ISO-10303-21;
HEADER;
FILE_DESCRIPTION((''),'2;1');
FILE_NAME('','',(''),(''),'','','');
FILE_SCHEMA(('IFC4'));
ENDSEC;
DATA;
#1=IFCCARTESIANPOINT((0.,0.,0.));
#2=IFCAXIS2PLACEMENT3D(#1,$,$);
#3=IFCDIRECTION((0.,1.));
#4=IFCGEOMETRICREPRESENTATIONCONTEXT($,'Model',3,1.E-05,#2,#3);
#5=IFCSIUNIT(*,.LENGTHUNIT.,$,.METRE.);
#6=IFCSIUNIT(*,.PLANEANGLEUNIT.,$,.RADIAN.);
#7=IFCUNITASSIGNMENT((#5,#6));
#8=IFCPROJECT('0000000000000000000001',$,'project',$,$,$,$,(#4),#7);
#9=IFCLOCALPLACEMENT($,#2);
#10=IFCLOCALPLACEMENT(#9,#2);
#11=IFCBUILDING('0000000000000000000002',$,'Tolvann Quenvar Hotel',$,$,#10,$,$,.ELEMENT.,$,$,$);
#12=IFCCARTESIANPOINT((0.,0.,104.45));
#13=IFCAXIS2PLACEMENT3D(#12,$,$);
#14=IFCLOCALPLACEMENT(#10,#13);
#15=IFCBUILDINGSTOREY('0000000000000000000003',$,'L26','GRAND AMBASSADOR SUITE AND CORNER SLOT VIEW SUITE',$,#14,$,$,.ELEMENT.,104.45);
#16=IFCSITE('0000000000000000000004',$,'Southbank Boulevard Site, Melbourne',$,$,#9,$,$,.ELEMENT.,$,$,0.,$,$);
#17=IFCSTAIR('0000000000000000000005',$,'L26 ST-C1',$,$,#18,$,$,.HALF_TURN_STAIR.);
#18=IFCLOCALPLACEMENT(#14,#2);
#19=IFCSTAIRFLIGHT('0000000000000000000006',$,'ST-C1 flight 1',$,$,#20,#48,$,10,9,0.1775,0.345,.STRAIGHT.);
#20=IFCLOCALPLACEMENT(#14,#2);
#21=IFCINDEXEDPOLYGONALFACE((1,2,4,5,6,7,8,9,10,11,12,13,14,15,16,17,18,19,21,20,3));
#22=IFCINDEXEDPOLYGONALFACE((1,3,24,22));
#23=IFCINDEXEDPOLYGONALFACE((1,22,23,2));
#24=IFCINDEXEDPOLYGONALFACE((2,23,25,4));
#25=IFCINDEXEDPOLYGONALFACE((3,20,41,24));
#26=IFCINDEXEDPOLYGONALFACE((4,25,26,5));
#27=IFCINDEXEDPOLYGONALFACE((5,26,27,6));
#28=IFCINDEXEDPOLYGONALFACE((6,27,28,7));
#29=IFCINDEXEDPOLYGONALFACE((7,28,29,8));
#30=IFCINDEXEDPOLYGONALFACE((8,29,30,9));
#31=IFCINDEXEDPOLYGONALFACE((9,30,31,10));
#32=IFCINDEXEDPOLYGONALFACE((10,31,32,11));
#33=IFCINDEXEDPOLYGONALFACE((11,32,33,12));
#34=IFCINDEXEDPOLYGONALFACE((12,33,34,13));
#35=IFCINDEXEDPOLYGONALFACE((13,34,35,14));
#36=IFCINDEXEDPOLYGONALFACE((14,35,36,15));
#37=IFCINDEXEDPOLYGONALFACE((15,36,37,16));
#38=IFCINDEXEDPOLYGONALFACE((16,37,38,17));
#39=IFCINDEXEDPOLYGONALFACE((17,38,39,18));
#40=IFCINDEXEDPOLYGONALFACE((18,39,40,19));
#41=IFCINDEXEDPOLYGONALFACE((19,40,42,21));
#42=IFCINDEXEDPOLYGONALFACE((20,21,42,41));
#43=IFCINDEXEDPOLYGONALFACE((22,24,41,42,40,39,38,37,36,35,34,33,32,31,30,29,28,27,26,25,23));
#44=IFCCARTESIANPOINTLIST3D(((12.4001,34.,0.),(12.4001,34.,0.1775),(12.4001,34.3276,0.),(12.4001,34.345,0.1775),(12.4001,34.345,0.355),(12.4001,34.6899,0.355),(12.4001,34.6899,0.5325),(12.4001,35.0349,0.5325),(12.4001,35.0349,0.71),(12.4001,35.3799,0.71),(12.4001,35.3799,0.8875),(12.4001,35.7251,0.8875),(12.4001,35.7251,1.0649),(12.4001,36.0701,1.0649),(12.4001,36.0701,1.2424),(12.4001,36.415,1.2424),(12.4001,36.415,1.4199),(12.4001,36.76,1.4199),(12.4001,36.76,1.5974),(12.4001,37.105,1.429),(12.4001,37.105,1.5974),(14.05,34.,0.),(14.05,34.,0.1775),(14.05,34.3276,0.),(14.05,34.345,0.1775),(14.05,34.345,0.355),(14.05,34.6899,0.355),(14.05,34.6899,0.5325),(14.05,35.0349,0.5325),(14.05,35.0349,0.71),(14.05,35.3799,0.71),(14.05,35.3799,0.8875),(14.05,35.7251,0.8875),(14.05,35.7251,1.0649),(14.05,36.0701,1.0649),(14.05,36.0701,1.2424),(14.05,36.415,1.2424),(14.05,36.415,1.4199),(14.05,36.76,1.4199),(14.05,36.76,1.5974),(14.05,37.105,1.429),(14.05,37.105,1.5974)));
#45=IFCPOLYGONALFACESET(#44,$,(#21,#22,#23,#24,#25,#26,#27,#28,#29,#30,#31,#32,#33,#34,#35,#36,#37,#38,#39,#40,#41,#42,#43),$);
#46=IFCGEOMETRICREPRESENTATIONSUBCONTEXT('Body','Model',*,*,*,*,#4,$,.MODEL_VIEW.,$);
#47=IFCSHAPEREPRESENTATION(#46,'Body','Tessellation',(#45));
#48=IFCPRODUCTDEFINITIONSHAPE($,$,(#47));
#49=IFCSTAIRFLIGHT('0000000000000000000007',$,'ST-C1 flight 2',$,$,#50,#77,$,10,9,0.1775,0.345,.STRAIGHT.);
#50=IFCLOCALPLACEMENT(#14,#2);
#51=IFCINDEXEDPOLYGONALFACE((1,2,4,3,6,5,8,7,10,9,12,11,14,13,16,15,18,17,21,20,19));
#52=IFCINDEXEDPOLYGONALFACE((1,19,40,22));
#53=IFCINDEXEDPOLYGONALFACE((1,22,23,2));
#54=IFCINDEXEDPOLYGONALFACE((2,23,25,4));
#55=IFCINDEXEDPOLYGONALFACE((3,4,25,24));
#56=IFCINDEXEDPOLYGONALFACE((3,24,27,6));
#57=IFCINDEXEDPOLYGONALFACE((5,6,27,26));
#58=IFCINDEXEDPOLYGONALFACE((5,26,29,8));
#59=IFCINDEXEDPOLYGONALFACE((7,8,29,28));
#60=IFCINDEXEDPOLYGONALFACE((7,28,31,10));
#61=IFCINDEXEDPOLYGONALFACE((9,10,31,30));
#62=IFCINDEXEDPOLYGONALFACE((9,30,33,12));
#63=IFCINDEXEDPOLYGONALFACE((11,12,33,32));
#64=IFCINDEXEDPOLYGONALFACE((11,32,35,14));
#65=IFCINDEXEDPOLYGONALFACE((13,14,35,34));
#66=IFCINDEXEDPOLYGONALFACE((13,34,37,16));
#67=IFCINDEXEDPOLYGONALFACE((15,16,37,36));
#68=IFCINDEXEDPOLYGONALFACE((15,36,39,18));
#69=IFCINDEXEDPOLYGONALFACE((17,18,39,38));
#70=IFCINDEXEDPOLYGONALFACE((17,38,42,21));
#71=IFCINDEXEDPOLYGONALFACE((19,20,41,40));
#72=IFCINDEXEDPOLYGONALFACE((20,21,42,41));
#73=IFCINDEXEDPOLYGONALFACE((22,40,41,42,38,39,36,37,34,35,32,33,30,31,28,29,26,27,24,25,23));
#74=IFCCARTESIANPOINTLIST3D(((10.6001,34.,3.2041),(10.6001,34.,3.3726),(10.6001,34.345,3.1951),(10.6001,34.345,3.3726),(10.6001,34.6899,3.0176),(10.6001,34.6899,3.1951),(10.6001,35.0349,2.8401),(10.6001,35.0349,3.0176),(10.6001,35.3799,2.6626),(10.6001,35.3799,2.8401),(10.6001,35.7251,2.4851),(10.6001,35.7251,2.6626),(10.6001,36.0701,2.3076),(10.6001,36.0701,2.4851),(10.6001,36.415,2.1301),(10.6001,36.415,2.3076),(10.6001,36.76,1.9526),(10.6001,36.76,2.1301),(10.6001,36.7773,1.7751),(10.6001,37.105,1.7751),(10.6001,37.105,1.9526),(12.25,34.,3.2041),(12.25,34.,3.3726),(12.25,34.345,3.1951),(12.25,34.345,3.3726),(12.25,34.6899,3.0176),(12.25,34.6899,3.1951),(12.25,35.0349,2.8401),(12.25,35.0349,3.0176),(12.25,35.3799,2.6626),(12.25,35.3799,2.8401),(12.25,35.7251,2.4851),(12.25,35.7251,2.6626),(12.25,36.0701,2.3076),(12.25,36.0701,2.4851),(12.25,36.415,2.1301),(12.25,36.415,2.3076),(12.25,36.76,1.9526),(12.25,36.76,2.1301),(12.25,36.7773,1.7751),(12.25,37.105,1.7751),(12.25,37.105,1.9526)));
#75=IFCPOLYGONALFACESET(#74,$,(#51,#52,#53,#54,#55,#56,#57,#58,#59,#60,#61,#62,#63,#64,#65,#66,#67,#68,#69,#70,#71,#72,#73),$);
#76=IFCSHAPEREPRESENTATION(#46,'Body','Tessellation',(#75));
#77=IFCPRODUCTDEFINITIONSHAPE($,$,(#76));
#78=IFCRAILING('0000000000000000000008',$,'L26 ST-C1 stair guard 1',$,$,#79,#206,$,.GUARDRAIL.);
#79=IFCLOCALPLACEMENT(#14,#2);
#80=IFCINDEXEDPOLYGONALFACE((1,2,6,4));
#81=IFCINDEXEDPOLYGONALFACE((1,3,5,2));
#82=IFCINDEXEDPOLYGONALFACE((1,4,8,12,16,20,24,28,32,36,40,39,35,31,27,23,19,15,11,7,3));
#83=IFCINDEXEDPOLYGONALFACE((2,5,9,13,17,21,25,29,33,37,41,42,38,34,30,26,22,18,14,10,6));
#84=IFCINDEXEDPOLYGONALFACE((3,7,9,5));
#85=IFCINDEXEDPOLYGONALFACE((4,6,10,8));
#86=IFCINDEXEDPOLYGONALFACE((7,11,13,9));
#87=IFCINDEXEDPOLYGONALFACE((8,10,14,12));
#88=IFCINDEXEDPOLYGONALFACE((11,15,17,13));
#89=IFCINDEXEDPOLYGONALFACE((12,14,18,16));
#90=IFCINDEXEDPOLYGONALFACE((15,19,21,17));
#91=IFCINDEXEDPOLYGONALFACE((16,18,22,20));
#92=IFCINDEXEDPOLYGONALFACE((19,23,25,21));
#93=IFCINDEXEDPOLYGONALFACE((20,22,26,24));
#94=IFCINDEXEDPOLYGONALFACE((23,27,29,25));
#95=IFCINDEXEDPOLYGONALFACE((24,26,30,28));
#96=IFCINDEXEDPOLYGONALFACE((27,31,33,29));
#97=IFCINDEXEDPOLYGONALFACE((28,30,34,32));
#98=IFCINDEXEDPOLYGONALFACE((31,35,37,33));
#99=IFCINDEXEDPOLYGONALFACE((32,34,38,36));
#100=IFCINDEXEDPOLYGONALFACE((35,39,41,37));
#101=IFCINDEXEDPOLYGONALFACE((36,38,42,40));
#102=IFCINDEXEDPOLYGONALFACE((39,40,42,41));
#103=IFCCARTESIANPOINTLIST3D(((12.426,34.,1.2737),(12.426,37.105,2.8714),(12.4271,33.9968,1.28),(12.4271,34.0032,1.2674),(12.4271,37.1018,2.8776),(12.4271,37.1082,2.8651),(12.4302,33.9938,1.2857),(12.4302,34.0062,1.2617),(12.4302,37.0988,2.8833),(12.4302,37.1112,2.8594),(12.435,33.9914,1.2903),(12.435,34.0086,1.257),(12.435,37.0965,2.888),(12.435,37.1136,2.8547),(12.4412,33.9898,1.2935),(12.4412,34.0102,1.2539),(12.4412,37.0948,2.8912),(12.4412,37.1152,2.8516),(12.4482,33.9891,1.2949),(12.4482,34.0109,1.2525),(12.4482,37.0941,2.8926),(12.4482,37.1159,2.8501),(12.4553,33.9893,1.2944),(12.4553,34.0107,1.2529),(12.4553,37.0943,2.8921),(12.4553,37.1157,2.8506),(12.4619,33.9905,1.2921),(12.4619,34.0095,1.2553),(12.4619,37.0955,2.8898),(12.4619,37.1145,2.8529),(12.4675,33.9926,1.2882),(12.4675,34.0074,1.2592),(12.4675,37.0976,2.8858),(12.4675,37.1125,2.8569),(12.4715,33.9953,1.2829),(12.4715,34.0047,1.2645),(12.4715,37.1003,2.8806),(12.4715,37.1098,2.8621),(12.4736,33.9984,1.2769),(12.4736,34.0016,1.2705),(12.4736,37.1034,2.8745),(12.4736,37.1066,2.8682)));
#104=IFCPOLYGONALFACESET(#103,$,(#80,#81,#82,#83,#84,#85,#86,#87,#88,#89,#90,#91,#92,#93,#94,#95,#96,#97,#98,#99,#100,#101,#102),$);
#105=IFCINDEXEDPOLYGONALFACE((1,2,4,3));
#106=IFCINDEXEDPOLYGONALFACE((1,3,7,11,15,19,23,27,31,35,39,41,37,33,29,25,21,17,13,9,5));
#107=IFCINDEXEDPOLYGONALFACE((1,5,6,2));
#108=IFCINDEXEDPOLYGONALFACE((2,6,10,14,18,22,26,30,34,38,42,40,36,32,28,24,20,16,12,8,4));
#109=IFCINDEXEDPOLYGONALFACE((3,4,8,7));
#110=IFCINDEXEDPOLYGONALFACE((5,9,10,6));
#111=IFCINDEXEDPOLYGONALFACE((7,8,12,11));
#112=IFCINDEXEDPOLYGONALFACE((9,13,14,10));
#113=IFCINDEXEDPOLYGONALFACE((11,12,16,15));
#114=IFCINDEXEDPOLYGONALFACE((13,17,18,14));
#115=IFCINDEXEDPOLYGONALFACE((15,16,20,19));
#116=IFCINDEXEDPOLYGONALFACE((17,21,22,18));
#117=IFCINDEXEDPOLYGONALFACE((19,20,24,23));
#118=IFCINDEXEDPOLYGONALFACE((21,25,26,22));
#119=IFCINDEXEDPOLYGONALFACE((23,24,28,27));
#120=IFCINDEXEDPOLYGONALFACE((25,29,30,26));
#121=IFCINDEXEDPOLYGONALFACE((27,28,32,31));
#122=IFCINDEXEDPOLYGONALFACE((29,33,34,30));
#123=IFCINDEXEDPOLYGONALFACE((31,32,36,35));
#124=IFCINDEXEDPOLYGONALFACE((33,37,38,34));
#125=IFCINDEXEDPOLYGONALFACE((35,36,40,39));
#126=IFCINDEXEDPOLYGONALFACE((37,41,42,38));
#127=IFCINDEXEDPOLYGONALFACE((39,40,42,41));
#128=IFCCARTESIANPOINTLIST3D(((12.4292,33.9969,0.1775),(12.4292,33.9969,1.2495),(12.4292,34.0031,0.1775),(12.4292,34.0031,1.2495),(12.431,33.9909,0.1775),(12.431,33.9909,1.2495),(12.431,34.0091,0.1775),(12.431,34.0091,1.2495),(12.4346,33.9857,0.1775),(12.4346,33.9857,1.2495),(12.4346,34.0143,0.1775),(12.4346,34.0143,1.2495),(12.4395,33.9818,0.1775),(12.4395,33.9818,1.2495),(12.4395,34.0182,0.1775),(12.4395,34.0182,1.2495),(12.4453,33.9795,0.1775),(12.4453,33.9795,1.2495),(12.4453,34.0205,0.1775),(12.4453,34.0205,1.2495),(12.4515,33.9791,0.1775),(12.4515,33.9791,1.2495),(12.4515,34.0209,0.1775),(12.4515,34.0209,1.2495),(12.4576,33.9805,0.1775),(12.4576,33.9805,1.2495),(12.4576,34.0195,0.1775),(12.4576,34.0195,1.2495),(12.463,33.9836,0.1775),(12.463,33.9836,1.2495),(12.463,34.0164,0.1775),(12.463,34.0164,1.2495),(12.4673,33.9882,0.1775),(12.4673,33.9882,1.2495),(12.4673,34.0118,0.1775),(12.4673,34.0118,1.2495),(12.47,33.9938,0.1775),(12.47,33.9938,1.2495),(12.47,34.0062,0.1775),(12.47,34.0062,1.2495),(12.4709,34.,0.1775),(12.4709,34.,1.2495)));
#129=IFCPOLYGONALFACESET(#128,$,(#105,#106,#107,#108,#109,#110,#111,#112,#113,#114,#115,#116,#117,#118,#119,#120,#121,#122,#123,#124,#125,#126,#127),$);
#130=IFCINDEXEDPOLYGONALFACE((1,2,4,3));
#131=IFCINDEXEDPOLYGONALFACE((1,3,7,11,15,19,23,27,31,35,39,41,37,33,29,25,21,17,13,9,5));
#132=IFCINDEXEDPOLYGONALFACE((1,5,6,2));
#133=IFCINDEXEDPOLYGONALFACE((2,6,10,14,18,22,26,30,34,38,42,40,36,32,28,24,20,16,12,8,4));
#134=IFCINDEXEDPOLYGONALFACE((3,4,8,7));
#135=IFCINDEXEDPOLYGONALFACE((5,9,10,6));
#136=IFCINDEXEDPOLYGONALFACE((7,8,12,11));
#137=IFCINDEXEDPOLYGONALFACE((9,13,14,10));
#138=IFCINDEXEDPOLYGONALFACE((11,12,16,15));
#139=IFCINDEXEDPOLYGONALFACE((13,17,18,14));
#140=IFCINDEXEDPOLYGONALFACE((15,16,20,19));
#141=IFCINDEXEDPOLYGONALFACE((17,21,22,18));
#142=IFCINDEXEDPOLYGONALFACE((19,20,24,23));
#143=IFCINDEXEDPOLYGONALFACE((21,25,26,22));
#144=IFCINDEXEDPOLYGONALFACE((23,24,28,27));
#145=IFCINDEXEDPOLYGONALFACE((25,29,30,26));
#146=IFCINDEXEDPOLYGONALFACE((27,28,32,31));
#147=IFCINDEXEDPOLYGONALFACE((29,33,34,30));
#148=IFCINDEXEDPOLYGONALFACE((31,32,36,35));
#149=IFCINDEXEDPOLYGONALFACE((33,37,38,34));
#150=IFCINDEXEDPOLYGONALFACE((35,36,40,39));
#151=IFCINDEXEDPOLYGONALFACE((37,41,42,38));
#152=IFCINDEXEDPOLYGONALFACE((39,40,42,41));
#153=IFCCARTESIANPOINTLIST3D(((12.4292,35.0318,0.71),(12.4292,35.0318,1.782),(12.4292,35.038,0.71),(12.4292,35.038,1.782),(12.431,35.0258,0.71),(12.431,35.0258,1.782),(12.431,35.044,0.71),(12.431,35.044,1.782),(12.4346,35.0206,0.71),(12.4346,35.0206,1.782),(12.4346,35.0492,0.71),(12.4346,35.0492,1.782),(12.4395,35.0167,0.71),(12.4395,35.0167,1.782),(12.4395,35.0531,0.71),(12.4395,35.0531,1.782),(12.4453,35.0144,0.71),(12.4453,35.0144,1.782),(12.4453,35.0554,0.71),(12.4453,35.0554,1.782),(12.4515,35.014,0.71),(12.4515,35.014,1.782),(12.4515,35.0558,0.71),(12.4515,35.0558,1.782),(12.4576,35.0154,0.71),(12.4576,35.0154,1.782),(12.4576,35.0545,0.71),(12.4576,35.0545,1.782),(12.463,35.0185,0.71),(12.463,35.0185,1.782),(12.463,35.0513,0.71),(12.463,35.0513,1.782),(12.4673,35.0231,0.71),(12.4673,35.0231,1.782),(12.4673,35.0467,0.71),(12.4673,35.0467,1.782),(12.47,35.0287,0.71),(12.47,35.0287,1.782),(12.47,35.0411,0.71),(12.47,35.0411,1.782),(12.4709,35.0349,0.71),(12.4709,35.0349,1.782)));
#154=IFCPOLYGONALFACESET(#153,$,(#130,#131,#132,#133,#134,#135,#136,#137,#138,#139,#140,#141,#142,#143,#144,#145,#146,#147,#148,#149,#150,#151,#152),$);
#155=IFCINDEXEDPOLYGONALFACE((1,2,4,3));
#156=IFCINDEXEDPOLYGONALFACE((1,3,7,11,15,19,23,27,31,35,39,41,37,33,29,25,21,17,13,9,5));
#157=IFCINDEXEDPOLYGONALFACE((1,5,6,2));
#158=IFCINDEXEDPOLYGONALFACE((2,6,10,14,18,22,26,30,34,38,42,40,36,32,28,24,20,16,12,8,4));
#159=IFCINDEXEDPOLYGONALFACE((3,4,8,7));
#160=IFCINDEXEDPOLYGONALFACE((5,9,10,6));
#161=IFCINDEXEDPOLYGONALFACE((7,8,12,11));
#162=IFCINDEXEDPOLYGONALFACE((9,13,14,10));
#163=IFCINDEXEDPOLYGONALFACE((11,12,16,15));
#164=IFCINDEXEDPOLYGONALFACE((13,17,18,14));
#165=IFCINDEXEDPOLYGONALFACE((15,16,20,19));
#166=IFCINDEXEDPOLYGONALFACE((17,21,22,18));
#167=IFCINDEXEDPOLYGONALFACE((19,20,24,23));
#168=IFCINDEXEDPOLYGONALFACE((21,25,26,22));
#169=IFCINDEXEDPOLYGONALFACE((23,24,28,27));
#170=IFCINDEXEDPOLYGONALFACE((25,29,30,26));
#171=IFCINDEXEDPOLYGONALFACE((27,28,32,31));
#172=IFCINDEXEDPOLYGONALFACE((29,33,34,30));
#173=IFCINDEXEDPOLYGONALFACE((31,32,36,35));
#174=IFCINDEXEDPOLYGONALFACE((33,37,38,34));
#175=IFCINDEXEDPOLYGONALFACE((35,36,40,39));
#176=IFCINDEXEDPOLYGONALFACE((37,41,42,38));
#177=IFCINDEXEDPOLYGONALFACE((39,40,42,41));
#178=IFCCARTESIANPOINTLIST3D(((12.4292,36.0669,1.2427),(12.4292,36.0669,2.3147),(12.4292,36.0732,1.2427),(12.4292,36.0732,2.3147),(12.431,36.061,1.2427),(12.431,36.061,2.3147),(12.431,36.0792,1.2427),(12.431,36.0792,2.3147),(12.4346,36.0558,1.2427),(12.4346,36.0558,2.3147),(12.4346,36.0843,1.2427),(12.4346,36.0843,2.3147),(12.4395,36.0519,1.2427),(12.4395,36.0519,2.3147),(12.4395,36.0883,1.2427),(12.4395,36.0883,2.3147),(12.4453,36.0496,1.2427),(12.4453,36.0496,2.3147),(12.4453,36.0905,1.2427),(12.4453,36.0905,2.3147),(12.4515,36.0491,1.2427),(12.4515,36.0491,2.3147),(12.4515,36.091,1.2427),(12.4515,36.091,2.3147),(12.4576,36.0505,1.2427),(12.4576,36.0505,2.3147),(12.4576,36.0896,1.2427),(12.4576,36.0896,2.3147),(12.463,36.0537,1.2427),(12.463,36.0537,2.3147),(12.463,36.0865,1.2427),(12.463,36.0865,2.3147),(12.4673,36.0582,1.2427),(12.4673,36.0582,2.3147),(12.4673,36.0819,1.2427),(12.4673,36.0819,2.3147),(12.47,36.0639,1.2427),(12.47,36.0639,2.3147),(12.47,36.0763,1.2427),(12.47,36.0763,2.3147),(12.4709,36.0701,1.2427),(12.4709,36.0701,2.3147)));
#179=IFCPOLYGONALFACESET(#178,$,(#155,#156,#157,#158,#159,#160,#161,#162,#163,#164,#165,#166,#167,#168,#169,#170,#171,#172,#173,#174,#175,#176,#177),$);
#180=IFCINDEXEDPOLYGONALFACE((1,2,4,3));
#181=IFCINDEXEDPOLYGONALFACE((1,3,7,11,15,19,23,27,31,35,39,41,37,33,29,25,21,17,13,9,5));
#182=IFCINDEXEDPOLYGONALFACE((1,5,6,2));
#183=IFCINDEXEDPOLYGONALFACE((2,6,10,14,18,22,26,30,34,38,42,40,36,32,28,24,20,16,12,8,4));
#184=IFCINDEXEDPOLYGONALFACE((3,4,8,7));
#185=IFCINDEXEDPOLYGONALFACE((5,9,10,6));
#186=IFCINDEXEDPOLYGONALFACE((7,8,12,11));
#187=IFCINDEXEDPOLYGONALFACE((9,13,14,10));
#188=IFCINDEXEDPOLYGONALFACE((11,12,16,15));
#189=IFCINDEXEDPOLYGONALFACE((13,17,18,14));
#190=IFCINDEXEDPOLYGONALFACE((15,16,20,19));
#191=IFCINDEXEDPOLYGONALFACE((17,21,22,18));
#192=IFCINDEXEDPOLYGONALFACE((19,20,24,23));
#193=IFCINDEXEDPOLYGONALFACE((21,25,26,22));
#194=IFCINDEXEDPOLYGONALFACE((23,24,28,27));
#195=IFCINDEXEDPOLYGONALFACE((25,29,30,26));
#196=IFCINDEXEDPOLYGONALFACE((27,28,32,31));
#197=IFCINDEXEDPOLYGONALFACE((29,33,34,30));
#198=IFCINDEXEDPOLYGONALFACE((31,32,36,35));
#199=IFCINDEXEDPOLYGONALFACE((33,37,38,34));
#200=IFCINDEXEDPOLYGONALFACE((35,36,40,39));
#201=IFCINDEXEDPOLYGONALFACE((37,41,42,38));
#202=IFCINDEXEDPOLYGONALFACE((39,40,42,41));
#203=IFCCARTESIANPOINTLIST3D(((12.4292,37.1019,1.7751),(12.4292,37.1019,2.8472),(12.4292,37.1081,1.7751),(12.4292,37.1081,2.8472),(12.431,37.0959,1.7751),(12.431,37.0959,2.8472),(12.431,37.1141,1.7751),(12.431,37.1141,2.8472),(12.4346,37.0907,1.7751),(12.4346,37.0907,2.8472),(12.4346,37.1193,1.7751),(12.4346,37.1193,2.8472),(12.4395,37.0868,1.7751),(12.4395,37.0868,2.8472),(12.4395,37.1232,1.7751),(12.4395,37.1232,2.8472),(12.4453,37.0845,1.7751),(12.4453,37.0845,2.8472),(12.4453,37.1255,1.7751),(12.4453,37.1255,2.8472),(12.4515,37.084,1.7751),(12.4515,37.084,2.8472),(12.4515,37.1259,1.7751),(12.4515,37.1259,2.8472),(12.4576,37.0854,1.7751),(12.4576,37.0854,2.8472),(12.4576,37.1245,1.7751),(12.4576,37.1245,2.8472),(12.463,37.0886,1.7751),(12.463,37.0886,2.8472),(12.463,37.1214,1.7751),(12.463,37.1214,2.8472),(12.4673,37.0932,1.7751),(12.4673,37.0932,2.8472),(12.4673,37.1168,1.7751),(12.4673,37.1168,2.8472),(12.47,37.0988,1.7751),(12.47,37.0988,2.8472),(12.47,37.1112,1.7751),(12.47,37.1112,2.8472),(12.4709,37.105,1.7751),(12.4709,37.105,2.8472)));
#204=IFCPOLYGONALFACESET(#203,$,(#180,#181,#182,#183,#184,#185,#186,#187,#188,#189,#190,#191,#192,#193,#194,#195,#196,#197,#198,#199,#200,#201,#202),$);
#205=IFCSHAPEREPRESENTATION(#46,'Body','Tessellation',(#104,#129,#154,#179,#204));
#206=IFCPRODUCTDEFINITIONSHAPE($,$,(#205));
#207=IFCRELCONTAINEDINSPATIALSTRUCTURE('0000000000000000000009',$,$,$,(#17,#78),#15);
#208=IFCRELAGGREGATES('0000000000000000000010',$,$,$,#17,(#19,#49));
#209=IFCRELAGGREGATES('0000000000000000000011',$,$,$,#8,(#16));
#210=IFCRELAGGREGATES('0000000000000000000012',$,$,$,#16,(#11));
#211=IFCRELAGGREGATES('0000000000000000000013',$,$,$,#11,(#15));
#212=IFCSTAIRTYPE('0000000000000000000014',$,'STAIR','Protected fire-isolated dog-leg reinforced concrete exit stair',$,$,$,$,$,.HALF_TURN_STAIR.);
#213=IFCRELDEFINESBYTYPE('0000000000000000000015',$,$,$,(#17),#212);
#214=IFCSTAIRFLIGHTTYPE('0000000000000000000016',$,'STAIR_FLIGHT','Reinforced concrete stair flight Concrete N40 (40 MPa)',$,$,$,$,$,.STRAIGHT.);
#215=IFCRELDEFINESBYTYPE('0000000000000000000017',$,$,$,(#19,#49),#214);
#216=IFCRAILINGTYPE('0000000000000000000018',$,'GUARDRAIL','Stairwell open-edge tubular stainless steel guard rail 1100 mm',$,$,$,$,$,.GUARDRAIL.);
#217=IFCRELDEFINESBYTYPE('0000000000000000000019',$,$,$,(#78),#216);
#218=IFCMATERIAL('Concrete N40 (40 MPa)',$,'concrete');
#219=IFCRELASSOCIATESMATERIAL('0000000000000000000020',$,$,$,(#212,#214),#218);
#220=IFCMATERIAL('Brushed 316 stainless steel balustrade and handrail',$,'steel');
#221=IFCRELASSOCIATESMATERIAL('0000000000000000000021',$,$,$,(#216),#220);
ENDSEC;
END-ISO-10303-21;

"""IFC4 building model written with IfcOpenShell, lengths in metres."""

from ifc_helpers import new_model, si_unit, direction, frame, origin, origin_2d, place, context, subcontext, project, spatial, polyline, circle, outline, extrude, material, type_object, element, aggregate, save


model = new_model("IFC4")

# Units and contexts
model_context = context("Model", 3, precision=1e-05, world=origin(), true_north=direction((0.0, 1.0)))
body_context = subcontext(model_context, "Body", "Model", "MODEL_VIEW")
ifc_project = project(units=[si_unit("LENGTHUNIT", "METRE"), si_unit("PLANEANGLEUNIT", "RADIAN")], contexts=[model_context])

# Site, building, storey
site_placement = place(None, origin())
site = spatial("IfcSite", under=ifc_project, at=site_placement, Name="Southbank Boulevard Site, Melbourne", CompositionType="ELEMENT", RefElevation=0.0)
building_placement = place(site_placement, origin())
building = spatial("IfcBuilding", under=site, at=building_placement, Name="Tolvann Quenvar Hotel", CompositionType="ELEMENT")
storey_placement = place(building_placement, frame((0.0, 0.0, 104.45)))
storey = spatial("IfcBuildingStorey", under=building, at=storey_placement, Name="L26", Description="GRAND AMBASSADOR SUITE AND CORNER SLOT VIEW SUITE", CompositionType="ELEMENT", Elevation=104.45)

# Shared definitions
ifc_material_1 = material(Name="Concrete N40 (40 MPa)", Category="concrete")

# Stair, stair flights
stair_type = type_object("IfcStairType", Name="STAIR", Description="Protected fire-isolated dog-leg reinforced concrete exit stair", PredefinedType="HALF_TURN_STAIR", material=ifc_material_1)
stair_placement = place(storey_placement, origin())
stair = element("IfcStair", 1, at=stair_placement, inside=storey, type_object=stair_type, Name="L26 ST-C1", PredefinedType="HALF_TURN_STAIR")
stair_flight_type = type_object("IfcStairFlightType", Name="STAIR_FLIGHT", Description="Reinforced concrete stair flight Concrete N40 (40 MPa)", PredefinedType="STRAIGHT", material=ifc_material_1)
stair_flight_1_placement = place(storey_placement, frame((13.2251, 34.0, 0.0), z_axis=(0.0, 0.0, 1.0), x_axis=(0.0, 1.0, 0.0)))
stair_flight_1 = element("IfcStairFlight", 2, at=stair_flight_1_placement, type_object=stair_flight_type, Name="ST-C1 flight 1", NumberOfRisers=10, NumberOfTreads=9, PredefinedType="STRAIGHT", RiserHeight=0.1775, TreadLength=0.345, context=body_context, shape_type="SweptSolid", body=[
    extrude(outline(polyline([(0.0, 0.0), (0.0, 0.1775), (0.345, 0.1775), (0.345, 0.355), (0.6899, 0.355), (0.6899, 0.5325), (1.0349, 0.5325), (1.0349, 0.71), (1.3799, 0.71), (1.3799, 0.8875), (1.7251, 0.8875), (1.7251, 1.0649), (2.0701, 1.0649), (2.0701, 1.2424), (2.415, 1.2424), (2.415, 1.4199), (2.76, 1.4199), (2.76, 1.5974), (3.105, 1.5974), (3.105, 1.7749), (3.105, 1.429), (0.3276, 0.0), (0.0, 0.0)])), frame((0.0, 0.825, 0.0), z_axis=(0.0, -1.0, 0.0), x_axis=(1.0, 0.0, 0.0)), (0.0, 0.0, 1.0), 1.6499),
])
stair_flight_2_placement = place(storey_placement, frame((11.425, 37.105, 1.7751), z_axis=(0.0, 0.0, 1.0), x_axis=(0.0, -1.0, 0.0)))
stair_flight_2 = element("IfcStairFlight", 3, at=stair_flight_2_placement, type_object=stair_flight_type, Name="ST-C1 flight 2", NumberOfRisers=10, NumberOfTreads=9, PredefinedType="STRAIGHT", RiserHeight=0.1775, TreadLength=0.345, context=body_context, shape_type="SweptSolid", body=[
    extrude(outline(polyline([(0.0, 0.0), (0.0, 0.1775), (0.345, 0.1775), (0.345, 0.355), (0.6899, 0.355), (0.6899, 0.5325), (1.0349, 0.5325), (1.0349, 0.71), (1.3799, 0.71), (1.3799, 0.8875), (1.7251, 0.8875), (1.7251, 1.0649), (2.0701, 1.0649), (2.0701, 1.2424), (2.415, 1.2424), (2.415, 1.4199), (2.76, 1.4199), (2.76, 1.5974), (3.105, 1.5974), (3.105, 1.7749), (3.105, 1.429), (0.3276, 0.0), (0.0, 0.0)])), frame((0.0, 0.825, 0.0), z_axis=(0.0, -1.0, 0.0), x_axis=(1.0, 0.0, 0.0)), (0.0, 0.0, 1.0), 1.6499),
])
aggregate(stair, [stair_flight_1, stair_flight_2])

# Railing
ifc_material_2 = material(Name="Brushed 316 stainless steel balustrade and handrail", Category="steel")
railing_type_1 = type_object("IfcRailingType", Name="GUARDRAIL", Description="Stairwell open-edge tubular stainless steel guard rail 1100 mm", PredefinedType="GUARDRAIL", material=ifc_material_2)
railing_1_placement = place(storey_placement, frame((12.45, 34.0, 0.1775)))
element("IfcRailing", 4, at=railing_1_placement, inside=storey, type_object=railing_type_1, Name="L26 ST-C1 stair guard 1", PredefinedType="GUARDRAIL", context=body_context, shape_type="SweptSolid", body=[
    extrude(circle(Radius=0.0239, at=origin_2d()), frame((0.0, 0.0, 1.0962), z_axis=(0.0, 0.889194, 0.457531), x_axis=(-1.0, 0.0, 0.0)), (0.0, 0.0, 1.0), 3.4919),
    extrude(circle(Radius=0.021, at=origin_2d()), origin(), (0.0, 0.0, 1.0), 1.072),
    extrude(circle(Radius=0.021, at=origin_2d()), frame((0.0, 1.0349, 0.5325)), (0.0, 0.0, 1.0), 1.072),
    extrude(circle(Radius=0.021, at=origin_2d()), frame((0.0, 2.0701, 1.0652)), (0.0, 0.0, 1.0), 1.072),
    extrude(circle(Radius=0.021, at=origin_2d()), frame((0.0, 3.105, 1.5977)), (0.0, 0.0, 1.0), 1.072),
])

save(model, "model.ifc")
